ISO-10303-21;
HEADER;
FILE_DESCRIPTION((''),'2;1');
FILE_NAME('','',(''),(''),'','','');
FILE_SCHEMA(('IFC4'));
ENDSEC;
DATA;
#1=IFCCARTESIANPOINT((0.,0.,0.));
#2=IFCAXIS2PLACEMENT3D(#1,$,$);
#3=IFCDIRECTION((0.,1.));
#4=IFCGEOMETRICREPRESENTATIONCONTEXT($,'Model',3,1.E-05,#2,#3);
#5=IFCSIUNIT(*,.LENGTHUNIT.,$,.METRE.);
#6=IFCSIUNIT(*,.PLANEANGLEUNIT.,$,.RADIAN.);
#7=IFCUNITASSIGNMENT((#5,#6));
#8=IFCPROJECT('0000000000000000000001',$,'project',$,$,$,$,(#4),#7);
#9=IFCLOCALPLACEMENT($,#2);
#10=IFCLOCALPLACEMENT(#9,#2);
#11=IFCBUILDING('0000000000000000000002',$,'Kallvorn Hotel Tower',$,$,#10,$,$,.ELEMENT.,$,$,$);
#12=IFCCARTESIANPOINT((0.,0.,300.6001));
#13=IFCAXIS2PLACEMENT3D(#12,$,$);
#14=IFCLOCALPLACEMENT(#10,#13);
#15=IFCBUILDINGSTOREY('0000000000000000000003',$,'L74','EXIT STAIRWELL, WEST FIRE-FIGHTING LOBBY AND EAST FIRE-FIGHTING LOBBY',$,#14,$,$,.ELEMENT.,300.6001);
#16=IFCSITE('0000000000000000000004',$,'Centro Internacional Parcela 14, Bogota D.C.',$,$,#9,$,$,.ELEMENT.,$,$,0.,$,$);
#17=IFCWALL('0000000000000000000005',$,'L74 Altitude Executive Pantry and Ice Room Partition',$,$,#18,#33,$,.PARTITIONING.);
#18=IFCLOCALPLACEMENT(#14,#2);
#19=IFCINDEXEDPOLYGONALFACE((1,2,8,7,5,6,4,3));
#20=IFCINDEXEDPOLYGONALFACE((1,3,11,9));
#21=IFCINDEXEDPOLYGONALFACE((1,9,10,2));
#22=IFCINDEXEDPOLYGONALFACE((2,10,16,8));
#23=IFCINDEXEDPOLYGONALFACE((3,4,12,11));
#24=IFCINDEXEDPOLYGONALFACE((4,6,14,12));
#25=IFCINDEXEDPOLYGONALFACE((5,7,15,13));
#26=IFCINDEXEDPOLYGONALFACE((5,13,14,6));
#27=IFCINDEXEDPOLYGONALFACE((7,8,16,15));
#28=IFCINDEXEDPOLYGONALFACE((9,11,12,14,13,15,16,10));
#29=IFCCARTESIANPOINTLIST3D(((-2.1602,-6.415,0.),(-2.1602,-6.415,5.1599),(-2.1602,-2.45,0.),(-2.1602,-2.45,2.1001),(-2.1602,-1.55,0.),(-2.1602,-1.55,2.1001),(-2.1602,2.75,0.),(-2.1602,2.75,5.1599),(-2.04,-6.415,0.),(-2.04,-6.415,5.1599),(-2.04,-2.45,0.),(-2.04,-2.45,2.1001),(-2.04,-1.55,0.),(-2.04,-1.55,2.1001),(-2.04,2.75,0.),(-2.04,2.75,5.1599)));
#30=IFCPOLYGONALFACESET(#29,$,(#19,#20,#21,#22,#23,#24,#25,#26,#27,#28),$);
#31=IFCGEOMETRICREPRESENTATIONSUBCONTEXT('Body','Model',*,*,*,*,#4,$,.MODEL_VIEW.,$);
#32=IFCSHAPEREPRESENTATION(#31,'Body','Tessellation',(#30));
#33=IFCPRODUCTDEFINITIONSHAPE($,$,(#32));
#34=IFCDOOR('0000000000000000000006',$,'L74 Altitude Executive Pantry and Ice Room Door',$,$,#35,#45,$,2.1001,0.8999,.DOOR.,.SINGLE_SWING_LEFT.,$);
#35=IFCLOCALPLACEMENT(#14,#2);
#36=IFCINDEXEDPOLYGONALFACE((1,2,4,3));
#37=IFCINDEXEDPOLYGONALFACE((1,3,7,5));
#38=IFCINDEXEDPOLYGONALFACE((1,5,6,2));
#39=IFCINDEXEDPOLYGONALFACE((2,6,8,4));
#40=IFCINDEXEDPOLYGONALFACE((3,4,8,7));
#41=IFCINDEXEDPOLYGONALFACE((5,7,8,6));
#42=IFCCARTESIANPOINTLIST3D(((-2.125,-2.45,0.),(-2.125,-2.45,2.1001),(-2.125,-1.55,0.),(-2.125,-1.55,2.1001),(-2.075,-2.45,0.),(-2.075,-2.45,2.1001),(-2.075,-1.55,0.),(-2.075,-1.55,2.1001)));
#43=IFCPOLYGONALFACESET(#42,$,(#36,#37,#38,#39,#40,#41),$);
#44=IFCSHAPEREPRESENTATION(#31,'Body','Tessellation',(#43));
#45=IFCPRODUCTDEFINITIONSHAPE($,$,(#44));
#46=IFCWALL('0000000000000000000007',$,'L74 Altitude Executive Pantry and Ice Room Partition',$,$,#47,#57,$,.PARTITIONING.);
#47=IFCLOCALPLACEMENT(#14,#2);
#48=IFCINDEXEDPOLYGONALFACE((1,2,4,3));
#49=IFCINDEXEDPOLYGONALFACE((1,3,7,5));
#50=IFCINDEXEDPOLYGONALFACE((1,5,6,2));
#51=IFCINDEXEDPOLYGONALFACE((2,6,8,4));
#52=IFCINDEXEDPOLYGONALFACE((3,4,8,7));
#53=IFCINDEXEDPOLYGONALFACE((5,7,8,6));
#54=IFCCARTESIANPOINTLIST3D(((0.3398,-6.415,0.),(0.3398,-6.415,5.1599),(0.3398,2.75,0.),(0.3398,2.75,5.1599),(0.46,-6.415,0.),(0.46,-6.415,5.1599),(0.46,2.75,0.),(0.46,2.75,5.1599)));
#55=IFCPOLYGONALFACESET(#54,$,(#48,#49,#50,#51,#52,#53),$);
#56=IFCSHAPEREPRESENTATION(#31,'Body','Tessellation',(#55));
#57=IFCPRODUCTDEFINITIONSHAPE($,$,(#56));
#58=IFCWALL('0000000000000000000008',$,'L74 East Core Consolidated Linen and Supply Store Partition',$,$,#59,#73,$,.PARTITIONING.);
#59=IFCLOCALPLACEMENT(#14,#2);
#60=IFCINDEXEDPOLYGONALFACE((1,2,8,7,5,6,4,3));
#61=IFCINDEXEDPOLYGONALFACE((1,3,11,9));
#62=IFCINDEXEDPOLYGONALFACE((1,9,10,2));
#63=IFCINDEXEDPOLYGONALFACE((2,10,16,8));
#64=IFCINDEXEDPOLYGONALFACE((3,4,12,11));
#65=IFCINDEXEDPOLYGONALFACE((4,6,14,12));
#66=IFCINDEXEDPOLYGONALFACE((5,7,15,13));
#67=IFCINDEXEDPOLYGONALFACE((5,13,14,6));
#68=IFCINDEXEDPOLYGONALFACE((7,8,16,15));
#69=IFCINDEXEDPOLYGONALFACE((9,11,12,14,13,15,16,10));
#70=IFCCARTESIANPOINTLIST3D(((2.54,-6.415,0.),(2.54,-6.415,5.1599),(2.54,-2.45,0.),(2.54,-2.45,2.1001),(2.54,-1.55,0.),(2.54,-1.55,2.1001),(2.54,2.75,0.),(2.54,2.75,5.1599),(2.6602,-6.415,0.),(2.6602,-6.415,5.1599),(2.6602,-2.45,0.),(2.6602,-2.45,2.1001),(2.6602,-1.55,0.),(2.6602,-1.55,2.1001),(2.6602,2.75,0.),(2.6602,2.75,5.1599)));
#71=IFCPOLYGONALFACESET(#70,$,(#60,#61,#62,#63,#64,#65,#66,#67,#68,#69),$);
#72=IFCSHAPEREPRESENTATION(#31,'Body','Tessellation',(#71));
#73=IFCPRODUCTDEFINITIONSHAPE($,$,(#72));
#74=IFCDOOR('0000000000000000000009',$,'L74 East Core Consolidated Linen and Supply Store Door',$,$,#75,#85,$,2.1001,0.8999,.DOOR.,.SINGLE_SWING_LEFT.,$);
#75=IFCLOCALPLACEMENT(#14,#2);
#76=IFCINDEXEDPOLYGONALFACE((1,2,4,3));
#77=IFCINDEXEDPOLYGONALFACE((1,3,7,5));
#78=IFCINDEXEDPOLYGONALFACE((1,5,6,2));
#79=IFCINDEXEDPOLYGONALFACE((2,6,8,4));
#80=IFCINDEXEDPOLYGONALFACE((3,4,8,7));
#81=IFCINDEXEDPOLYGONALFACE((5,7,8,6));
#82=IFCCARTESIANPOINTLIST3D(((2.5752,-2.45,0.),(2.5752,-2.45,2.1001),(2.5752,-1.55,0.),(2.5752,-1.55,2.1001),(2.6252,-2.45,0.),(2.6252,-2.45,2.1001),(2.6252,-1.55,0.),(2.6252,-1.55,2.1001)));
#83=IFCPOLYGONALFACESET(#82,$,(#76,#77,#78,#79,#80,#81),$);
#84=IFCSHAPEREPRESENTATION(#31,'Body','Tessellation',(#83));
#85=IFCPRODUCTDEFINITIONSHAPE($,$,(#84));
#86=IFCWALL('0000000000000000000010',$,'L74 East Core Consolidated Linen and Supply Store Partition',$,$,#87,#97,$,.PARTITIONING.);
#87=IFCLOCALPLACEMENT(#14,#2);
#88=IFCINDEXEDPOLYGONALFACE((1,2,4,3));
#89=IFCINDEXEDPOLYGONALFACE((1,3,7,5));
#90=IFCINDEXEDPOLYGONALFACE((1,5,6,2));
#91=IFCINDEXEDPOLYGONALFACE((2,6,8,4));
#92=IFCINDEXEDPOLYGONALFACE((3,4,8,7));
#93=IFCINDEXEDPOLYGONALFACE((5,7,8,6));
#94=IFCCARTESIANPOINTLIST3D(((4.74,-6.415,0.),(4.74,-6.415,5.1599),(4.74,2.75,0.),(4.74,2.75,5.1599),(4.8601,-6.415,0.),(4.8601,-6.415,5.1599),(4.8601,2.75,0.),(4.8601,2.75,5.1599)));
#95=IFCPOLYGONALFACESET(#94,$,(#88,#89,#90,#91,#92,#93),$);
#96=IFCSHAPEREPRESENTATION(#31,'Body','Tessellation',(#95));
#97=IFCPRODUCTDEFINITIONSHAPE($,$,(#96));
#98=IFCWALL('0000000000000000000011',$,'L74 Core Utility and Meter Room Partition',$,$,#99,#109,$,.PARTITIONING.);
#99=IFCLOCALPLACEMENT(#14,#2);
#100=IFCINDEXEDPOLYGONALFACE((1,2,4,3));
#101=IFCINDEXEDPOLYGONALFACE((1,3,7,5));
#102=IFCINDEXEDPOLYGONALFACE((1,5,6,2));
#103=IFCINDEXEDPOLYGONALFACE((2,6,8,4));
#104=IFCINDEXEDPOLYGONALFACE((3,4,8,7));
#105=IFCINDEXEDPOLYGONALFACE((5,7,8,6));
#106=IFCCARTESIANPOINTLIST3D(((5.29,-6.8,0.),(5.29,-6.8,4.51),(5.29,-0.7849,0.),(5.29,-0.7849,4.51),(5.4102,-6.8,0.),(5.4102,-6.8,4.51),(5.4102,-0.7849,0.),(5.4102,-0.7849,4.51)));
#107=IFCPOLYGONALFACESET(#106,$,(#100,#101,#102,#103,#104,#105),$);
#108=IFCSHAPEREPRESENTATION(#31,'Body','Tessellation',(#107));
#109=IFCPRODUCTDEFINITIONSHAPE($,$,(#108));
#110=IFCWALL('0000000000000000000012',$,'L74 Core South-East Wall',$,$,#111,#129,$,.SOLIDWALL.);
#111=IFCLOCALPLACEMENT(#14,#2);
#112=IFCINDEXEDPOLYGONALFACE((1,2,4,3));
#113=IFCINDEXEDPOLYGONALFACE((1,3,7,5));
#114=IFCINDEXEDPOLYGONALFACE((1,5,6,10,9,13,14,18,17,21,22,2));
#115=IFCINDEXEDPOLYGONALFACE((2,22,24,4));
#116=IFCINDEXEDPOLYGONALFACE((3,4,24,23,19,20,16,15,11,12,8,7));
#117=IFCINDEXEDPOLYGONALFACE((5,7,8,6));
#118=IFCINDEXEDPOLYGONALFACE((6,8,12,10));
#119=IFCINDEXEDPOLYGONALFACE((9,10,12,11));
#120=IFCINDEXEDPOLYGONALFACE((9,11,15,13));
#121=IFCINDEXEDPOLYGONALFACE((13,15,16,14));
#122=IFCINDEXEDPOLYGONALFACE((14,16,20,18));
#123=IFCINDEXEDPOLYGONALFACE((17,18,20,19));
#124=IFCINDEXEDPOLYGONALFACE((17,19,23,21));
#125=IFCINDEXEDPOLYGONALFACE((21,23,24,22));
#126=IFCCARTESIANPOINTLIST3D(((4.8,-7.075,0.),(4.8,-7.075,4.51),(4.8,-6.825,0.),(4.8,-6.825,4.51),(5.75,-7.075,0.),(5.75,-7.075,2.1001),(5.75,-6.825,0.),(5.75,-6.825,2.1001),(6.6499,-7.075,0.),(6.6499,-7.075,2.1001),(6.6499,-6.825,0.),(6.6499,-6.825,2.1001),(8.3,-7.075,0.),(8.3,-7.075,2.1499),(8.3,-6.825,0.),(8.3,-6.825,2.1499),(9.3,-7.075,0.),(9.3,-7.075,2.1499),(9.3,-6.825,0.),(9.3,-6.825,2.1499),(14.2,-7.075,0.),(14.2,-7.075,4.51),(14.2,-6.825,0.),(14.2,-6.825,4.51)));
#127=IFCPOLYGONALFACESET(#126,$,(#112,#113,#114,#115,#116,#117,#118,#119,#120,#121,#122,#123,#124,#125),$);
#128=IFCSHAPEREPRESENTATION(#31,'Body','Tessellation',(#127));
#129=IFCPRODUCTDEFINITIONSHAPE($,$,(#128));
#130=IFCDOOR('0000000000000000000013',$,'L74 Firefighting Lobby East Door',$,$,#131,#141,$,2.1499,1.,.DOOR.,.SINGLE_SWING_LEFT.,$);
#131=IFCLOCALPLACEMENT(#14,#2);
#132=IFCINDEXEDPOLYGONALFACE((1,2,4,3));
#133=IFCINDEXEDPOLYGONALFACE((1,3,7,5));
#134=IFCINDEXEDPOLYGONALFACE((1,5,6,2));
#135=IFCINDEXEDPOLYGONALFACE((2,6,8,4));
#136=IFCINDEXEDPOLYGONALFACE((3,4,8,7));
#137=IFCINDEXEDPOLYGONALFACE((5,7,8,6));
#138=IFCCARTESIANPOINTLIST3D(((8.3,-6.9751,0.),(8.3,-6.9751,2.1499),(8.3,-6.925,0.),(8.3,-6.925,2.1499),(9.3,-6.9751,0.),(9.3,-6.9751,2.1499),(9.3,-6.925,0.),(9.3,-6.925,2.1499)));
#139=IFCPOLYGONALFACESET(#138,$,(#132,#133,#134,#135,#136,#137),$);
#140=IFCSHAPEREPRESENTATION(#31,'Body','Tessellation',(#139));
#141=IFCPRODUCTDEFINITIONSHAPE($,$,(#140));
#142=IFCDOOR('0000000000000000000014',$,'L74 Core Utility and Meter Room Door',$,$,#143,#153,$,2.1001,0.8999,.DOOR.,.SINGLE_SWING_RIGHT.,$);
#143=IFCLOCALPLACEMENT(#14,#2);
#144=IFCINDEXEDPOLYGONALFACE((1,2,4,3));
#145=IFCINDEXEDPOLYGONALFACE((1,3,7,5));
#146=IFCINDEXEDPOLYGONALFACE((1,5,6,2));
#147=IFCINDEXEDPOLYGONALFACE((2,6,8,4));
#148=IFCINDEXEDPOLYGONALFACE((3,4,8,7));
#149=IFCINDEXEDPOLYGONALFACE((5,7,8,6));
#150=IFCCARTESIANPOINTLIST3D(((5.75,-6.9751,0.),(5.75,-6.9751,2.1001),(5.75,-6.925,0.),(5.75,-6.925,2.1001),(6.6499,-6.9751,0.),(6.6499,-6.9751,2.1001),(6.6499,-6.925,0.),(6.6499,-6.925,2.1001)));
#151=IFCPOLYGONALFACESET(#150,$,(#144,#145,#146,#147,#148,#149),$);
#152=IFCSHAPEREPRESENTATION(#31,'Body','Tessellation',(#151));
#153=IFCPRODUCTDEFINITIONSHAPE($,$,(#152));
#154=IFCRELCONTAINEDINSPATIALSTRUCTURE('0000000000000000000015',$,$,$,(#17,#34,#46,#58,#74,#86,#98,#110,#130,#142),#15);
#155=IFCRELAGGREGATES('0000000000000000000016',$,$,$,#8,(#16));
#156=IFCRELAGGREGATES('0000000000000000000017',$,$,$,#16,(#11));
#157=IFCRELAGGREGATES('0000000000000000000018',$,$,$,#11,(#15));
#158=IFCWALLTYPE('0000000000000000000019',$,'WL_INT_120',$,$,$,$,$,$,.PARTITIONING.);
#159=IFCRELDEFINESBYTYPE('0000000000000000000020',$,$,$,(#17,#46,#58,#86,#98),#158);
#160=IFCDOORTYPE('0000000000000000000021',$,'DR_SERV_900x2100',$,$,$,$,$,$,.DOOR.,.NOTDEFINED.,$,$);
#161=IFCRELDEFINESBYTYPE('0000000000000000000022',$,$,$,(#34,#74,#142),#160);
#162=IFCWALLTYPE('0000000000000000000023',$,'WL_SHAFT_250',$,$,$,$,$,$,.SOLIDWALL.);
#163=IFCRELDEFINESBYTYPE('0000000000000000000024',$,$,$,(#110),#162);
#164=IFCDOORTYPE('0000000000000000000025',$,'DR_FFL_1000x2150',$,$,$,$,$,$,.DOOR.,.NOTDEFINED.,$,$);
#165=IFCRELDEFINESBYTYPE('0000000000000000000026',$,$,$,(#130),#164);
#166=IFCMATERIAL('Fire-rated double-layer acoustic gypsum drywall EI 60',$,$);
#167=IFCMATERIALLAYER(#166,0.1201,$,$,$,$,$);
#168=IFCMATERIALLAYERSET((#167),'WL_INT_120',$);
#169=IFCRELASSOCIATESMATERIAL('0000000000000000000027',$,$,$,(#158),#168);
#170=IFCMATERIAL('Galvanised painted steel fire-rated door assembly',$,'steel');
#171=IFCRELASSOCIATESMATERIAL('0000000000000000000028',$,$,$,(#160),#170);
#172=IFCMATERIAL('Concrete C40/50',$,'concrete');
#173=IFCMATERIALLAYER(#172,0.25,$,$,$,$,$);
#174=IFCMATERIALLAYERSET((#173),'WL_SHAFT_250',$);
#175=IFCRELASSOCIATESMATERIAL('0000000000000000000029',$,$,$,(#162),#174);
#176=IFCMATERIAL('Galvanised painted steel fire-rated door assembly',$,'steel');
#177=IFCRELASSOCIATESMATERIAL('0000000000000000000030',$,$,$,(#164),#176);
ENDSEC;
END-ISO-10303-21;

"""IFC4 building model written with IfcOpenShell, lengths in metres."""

from ifc_helpers import new_model, si_unit, direction, frame, frame_2d, origin, place, context, subcontext, project, spatial, rectangle, extrude, material, layer, layer_set, type_object, element, fill, save


model = new_model("IFC4")

# Units and contexts
model_context = context("Model", 3, precision=1e-05, world=origin(), true_north=direction((0.0, 1.0)))
body_context = subcontext(model_context, "Body", "Model", "MODEL_VIEW")
ifc_project = project(units=[si_unit("LENGTHUNIT", "METRE"), si_unit("PLANEANGLEUNIT", "RADIAN")], contexts=[model_context])

# Site, building, storey
site_placement = place(None, origin())
site = spatial("IfcSite", under=ifc_project, at=site_placement, Name="Centro Internacional Parcela 14, Bogota D.C.", CompositionType="ELEMENT", RefElevation=0.0)
building_placement = place(site_placement, origin())
building = spatial("IfcBuilding", under=site, at=building_placement, Name="Kallvorn Hotel Tower", CompositionType="ELEMENT")
storey_placement = place(building_placement, frame((0.0, 0.0, 300.6001)))
storey = spatial("IfcBuildingStorey", under=building, at=storey_placement, Name="L74", Description="EXIT STAIRWELL, WEST FIRE-FIGHTING LOBBY AND EAST FIRE-FIGHTING LOBBY", CompositionType="ELEMENT", Elevation=300.6001)

# Shared definitions
ifc_material_1 = material(Name="Fire-rated double-layer acoustic gypsum drywall EI 60")
ifc_layer_1 = layer(ifc_material_1, 0.1201)
ifc_layer_set_1 = layer_set([ifc_layer_1], Name="WL_INT_120")
wall_type_1 = type_object("IfcWallType", Name="WL_INT_120", PredefinedType="PARTITIONING", material=ifc_layer_set_1)

# Wall, opening, door
wall_1_placement = place(storey_placement, frame((-2.1001, -6.415, 0.0), z_axis=(0.0, 0.0, 1.0), x_axis=(0.0, 1.0, 0.0)))
wall_1 = element("IfcWall", 1, at=wall_1_placement, inside=storey, type_object=wall_type_1, Name="L74 Altitude Executive Pantry and Ice Room Partition", PredefinedType="PARTITIONING", context=body_context, shape_type="SweptSolid", body=[
    extrude(rectangle(XDim=9.165, YDim=0.1201, at=frame_2d((4.5825, 0.0))), origin(), (0.0, 0.0, 1.0), 5.1599),
])
opening_1_placement = place(wall_1_placement, frame((3.9651, 0.0, 0.0)))
opening_1 = element("IfcOpeningElement", 2, at=opening_1_placement, cuts=wall_1, PredefinedType="OPENING", context=body_context, shape_type="SweptSolid", body=[
    extrude(rectangle(XDim=0.8999, YDim=2.1001, at=frame_2d((0.45, 1.05))), frame((0.0, 0.075, 0.0), z_axis=(0.0, -1.0, 0.0), x_axis=(1.0, 0.0, 0.0)), (0.0, 0.0, 1.0), 0.1501),
])
ifc_material_2 = material(Name="Galvanised painted steel fire-rated door assembly", Category="steel")
door_type_1 = type_object("IfcDoorType", Name="DR_SERV_900x2100", OperationType="NOTDEFINED", PredefinedType="DOOR", material=ifc_material_2)
door_1_placement = place(opening_1_placement, origin())
door_1 = element("IfcDoor", 3, at=door_1_placement, inside=storey, type_object=door_type_1, Name="L74 Altitude Executive Pantry and Ice Room Door", OperationType="SINGLE_SWING_LEFT", OverallHeight=2.1001, OverallWidth=0.8999, PredefinedType="DOOR", context=body_context, shape_type="SweptSolid", body=[
    extrude(rectangle(XDim=0.8999, YDim=2.1001, at=frame_2d((0.45, 1.05))), frame((0.0, 0.0249, 0.0), z_axis=(0.0, -1.0, 0.0), x_axis=(1.0, 0.0, 0.0)), (0.0, 0.0, 1.0), 0.05),
])
fill(opening_1, door_1)

# Wall
wall_2_placement = place(storey_placement, frame((0.3999, -6.415, 0.0), z_axis=(0.0, 0.0, 1.0), x_axis=(0.0, 1.0, 0.0)))
element("IfcWall", 4, at=wall_2_placement, inside=storey, type_object=wall_type_1, Name="L74 Altitude Executive Pantry and Ice Room Partition", PredefinedType="PARTITIONING", context=body_context, shape_type="SweptSolid", body=[
    extrude(rectangle(XDim=9.165, YDim=0.1201, at=frame_2d((4.5825, 0.0))), origin(), (0.0, 0.0, 1.0), 5.1599),
])

# Wall, opening, door
wall_3_placement = place(storey_placement, frame((2.6001, -6.415, 0.0), z_axis=(0.0, 0.0, 1.0), x_axis=(0.0, 1.0, 0.0)))
wall_3 = element("IfcWall", 5, at=wall_3_placement, inside=storey, type_object=wall_type_1, Name="L74 East Core Consolidated Linen and Supply Store Partition", PredefinedType="PARTITIONING", context=body_context, shape_type="SweptSolid", body=[
    extrude(rectangle(XDim=9.165, YDim=0.1201, at=frame_2d((4.5825, 0.0))), origin(), (0.0, 0.0, 1.0), 5.1599),
])
opening_2_placement = place(wall_3_placement, frame((3.9651, 0.0, 0.0)))
opening_2 = element("IfcOpeningElement", 6, at=opening_2_placement, cuts=wall_3, PredefinedType="OPENING", context=body_context, shape_type="SweptSolid", body=[
    extrude(rectangle(XDim=0.8999, YDim=2.1001, at=frame_2d((0.45, 1.05))), frame((0.0, 0.075, 0.0), z_axis=(0.0, -1.0, 0.0), x_axis=(1.0, 0.0, 0.0)), (0.0, 0.0, 1.0), 0.1501),
])
door_2_placement = place(opening_2_placement, origin())
door_2 = element("IfcDoor", 7, at=door_2_placement, inside=storey, type_object=door_type_1, Name="L74 East Core Consolidated Linen and Supply Store Door", OperationType="SINGLE_SWING_LEFT", OverallHeight=2.1001, OverallWidth=0.8999, PredefinedType="DOOR", context=body_context, shape_type="SweptSolid", body=[
    extrude(rectangle(XDim=0.8999, YDim=2.1001, at=frame_2d((0.45, 1.05))), frame((0.0, 0.0249, 0.0), z_axis=(0.0, -1.0, 0.0), x_axis=(1.0, 0.0, 0.0)), (0.0, 0.0, 1.0), 0.05),
])
fill(opening_2, door_2)

# Walls
wall_4_placement = place(storey_placement, frame((4.8, -6.415, 0.0), z_axis=(0.0, 0.0, 1.0), x_axis=(0.0, 1.0, 0.0)))
element("IfcWall", 8, at=wall_4_placement, inside=storey, type_object=wall_type_1, Name="L74 East Core Consolidated Linen and Supply Store Partition", PredefinedType="PARTITIONING", context=body_context, shape_type="SweptSolid", body=[
    extrude(rectangle(XDim=9.165, YDim=0.1201, at=frame_2d((4.5825, 0.0))), origin(), (0.0, 0.0, 1.0), 5.1599),
])
wall_5_placement = place(storey_placement, frame((5.3501, -6.8, 0.0), z_axis=(0.0, 0.0, 1.0), x_axis=(0.0, 1.0, 0.0)))
element("IfcWall", 9, at=wall_5_placement, inside=storey, type_object=wall_type_1, Name="L74 Core Utility and Meter Room Partition", PredefinedType="PARTITIONING", context=body_context, shape_type="SweptSolid", body=[
    extrude(rectangle(XDim=6.0151, YDim=0.1201, at=frame_2d((3.0076, 0.0))), origin(), (0.0, 0.0, 1.0), 4.51),
])

# Wall, openings, doors
ifc_material_3 = material(Name="Concrete C40/50", Category="concrete")
ifc_layer_2 = layer(ifc_material_3, 0.25)
ifc_layer_set_2 = layer_set([ifc_layer_2], Name="WL_SHAFT_250")
wall_type_2 = type_object("IfcWallType", Name="WL_SHAFT_250", PredefinedType="SOLIDWALL", material=ifc_layer_set_2)
wall_6_placement = place(storey_placement, frame((4.8, -6.95, 0.0), z_axis=(0.0, 0.0, 1.0), x_axis=(1.0, 0.0, 0.0)))
wall_6 = element("IfcWall", 10, at=wall_6_placement, inside=storey, type_object=wall_type_2, Name="L74 Core South-East Wall", PredefinedType="SOLIDWALL", context=body_context, shape_type="SweptSolid", body=[
    extrude(rectangle(XDim=9.3999, YDim=0.25, at=frame_2d((4.7, 0.0))), origin(), (0.0, 0.0, 1.0), 4.51),
])
opening_3_placement = place(wall_6_placement, frame((3.5, 0.0, 0.0)))
opening_3 = element("IfcOpeningElement", 11, at=opening_3_placement, cuts=wall_6, PredefinedType="OPENING", context=body_context, shape_type="SweptSolid", body=[
    extrude(rectangle(XDim=1.0, YDim=2.1499, at=frame_2d((0.5, 1.075))), frame((0.0, 0.1399, 0.0), z_axis=(0.0, -1.0, 0.0), x_axis=(1.0, 0.0, 0.0)), (0.0, 0.0, 1.0), 0.28),
])
opening_4_placement = place(wall_6_placement, frame((0.95, 0.0, 0.0)))
opening_4 = element("IfcOpeningElement", 12, at=opening_4_placement, cuts=wall_6, PredefinedType="OPENING", context=body_context, shape_type="SweptSolid", body=[
    extrude(rectangle(XDim=0.8999, YDim=2.1001, at=frame_2d((0.45, 1.05))), frame((0.0, 0.1399, 0.0), z_axis=(0.0, -1.0, 0.0), x_axis=(1.0, 0.0, 0.0)), (0.0, 0.0, 1.0), 0.28),
])
ifc_material_4 = material(Name="Galvanised painted steel fire-rated door assembly", Category="steel")
door_type_2 = type_object("IfcDoorType", Name="DR_FFL_1000x2150", OperationType="NOTDEFINED", PredefinedType="DOOR", material=ifc_material_4)
door_3_placement = place(opening_3_placement, origin())
door_3 = element("IfcDoor", 13, at=door_3_placement, inside=storey, type_object=door_type_2, Name="L74 Firefighting Lobby East Door", OperationType="SINGLE_SWING_LEFT", OverallHeight=2.1499, OverallWidth=1.0, PredefinedType="DOOR", context=body_context, shape_type="SweptSolid", body=[
    extrude(rectangle(XDim=1.0, YDim=2.1499, at=frame_2d((0.5, 1.075))), frame((0.0, 0.0249, 0.0), z_axis=(0.0, -1.0, 0.0), x_axis=(1.0, 0.0, 0.0)), (0.0, 0.0, 1.0), 0.05),
])
fill(opening_3, door_3)
door_4_placement = place(opening_4_placement, origin())
door_4 = element("IfcDoor", 14, at=door_4_placement, inside=storey, type_object=door_type_1, Name="L74 Core Utility and Meter Room Door", OperationType="SINGLE_SWING_RIGHT", OverallHeight=2.1001, OverallWidth=0.8999, PredefinedType="DOOR", context=body_context, shape_type="SweptSolid", body=[
    extrude(rectangle(XDim=0.8999, YDim=2.1001, at=frame_2d((0.45, 1.05))), frame((0.0, 0.0249, 0.0), z_axis=(0.0, -1.0, 0.0), x_axis=(1.0, 0.0, 0.0)), (0.0, 0.0, 1.0), 0.05),
])
fill(opening_4, door_4)

save(model, "model.ifc")
